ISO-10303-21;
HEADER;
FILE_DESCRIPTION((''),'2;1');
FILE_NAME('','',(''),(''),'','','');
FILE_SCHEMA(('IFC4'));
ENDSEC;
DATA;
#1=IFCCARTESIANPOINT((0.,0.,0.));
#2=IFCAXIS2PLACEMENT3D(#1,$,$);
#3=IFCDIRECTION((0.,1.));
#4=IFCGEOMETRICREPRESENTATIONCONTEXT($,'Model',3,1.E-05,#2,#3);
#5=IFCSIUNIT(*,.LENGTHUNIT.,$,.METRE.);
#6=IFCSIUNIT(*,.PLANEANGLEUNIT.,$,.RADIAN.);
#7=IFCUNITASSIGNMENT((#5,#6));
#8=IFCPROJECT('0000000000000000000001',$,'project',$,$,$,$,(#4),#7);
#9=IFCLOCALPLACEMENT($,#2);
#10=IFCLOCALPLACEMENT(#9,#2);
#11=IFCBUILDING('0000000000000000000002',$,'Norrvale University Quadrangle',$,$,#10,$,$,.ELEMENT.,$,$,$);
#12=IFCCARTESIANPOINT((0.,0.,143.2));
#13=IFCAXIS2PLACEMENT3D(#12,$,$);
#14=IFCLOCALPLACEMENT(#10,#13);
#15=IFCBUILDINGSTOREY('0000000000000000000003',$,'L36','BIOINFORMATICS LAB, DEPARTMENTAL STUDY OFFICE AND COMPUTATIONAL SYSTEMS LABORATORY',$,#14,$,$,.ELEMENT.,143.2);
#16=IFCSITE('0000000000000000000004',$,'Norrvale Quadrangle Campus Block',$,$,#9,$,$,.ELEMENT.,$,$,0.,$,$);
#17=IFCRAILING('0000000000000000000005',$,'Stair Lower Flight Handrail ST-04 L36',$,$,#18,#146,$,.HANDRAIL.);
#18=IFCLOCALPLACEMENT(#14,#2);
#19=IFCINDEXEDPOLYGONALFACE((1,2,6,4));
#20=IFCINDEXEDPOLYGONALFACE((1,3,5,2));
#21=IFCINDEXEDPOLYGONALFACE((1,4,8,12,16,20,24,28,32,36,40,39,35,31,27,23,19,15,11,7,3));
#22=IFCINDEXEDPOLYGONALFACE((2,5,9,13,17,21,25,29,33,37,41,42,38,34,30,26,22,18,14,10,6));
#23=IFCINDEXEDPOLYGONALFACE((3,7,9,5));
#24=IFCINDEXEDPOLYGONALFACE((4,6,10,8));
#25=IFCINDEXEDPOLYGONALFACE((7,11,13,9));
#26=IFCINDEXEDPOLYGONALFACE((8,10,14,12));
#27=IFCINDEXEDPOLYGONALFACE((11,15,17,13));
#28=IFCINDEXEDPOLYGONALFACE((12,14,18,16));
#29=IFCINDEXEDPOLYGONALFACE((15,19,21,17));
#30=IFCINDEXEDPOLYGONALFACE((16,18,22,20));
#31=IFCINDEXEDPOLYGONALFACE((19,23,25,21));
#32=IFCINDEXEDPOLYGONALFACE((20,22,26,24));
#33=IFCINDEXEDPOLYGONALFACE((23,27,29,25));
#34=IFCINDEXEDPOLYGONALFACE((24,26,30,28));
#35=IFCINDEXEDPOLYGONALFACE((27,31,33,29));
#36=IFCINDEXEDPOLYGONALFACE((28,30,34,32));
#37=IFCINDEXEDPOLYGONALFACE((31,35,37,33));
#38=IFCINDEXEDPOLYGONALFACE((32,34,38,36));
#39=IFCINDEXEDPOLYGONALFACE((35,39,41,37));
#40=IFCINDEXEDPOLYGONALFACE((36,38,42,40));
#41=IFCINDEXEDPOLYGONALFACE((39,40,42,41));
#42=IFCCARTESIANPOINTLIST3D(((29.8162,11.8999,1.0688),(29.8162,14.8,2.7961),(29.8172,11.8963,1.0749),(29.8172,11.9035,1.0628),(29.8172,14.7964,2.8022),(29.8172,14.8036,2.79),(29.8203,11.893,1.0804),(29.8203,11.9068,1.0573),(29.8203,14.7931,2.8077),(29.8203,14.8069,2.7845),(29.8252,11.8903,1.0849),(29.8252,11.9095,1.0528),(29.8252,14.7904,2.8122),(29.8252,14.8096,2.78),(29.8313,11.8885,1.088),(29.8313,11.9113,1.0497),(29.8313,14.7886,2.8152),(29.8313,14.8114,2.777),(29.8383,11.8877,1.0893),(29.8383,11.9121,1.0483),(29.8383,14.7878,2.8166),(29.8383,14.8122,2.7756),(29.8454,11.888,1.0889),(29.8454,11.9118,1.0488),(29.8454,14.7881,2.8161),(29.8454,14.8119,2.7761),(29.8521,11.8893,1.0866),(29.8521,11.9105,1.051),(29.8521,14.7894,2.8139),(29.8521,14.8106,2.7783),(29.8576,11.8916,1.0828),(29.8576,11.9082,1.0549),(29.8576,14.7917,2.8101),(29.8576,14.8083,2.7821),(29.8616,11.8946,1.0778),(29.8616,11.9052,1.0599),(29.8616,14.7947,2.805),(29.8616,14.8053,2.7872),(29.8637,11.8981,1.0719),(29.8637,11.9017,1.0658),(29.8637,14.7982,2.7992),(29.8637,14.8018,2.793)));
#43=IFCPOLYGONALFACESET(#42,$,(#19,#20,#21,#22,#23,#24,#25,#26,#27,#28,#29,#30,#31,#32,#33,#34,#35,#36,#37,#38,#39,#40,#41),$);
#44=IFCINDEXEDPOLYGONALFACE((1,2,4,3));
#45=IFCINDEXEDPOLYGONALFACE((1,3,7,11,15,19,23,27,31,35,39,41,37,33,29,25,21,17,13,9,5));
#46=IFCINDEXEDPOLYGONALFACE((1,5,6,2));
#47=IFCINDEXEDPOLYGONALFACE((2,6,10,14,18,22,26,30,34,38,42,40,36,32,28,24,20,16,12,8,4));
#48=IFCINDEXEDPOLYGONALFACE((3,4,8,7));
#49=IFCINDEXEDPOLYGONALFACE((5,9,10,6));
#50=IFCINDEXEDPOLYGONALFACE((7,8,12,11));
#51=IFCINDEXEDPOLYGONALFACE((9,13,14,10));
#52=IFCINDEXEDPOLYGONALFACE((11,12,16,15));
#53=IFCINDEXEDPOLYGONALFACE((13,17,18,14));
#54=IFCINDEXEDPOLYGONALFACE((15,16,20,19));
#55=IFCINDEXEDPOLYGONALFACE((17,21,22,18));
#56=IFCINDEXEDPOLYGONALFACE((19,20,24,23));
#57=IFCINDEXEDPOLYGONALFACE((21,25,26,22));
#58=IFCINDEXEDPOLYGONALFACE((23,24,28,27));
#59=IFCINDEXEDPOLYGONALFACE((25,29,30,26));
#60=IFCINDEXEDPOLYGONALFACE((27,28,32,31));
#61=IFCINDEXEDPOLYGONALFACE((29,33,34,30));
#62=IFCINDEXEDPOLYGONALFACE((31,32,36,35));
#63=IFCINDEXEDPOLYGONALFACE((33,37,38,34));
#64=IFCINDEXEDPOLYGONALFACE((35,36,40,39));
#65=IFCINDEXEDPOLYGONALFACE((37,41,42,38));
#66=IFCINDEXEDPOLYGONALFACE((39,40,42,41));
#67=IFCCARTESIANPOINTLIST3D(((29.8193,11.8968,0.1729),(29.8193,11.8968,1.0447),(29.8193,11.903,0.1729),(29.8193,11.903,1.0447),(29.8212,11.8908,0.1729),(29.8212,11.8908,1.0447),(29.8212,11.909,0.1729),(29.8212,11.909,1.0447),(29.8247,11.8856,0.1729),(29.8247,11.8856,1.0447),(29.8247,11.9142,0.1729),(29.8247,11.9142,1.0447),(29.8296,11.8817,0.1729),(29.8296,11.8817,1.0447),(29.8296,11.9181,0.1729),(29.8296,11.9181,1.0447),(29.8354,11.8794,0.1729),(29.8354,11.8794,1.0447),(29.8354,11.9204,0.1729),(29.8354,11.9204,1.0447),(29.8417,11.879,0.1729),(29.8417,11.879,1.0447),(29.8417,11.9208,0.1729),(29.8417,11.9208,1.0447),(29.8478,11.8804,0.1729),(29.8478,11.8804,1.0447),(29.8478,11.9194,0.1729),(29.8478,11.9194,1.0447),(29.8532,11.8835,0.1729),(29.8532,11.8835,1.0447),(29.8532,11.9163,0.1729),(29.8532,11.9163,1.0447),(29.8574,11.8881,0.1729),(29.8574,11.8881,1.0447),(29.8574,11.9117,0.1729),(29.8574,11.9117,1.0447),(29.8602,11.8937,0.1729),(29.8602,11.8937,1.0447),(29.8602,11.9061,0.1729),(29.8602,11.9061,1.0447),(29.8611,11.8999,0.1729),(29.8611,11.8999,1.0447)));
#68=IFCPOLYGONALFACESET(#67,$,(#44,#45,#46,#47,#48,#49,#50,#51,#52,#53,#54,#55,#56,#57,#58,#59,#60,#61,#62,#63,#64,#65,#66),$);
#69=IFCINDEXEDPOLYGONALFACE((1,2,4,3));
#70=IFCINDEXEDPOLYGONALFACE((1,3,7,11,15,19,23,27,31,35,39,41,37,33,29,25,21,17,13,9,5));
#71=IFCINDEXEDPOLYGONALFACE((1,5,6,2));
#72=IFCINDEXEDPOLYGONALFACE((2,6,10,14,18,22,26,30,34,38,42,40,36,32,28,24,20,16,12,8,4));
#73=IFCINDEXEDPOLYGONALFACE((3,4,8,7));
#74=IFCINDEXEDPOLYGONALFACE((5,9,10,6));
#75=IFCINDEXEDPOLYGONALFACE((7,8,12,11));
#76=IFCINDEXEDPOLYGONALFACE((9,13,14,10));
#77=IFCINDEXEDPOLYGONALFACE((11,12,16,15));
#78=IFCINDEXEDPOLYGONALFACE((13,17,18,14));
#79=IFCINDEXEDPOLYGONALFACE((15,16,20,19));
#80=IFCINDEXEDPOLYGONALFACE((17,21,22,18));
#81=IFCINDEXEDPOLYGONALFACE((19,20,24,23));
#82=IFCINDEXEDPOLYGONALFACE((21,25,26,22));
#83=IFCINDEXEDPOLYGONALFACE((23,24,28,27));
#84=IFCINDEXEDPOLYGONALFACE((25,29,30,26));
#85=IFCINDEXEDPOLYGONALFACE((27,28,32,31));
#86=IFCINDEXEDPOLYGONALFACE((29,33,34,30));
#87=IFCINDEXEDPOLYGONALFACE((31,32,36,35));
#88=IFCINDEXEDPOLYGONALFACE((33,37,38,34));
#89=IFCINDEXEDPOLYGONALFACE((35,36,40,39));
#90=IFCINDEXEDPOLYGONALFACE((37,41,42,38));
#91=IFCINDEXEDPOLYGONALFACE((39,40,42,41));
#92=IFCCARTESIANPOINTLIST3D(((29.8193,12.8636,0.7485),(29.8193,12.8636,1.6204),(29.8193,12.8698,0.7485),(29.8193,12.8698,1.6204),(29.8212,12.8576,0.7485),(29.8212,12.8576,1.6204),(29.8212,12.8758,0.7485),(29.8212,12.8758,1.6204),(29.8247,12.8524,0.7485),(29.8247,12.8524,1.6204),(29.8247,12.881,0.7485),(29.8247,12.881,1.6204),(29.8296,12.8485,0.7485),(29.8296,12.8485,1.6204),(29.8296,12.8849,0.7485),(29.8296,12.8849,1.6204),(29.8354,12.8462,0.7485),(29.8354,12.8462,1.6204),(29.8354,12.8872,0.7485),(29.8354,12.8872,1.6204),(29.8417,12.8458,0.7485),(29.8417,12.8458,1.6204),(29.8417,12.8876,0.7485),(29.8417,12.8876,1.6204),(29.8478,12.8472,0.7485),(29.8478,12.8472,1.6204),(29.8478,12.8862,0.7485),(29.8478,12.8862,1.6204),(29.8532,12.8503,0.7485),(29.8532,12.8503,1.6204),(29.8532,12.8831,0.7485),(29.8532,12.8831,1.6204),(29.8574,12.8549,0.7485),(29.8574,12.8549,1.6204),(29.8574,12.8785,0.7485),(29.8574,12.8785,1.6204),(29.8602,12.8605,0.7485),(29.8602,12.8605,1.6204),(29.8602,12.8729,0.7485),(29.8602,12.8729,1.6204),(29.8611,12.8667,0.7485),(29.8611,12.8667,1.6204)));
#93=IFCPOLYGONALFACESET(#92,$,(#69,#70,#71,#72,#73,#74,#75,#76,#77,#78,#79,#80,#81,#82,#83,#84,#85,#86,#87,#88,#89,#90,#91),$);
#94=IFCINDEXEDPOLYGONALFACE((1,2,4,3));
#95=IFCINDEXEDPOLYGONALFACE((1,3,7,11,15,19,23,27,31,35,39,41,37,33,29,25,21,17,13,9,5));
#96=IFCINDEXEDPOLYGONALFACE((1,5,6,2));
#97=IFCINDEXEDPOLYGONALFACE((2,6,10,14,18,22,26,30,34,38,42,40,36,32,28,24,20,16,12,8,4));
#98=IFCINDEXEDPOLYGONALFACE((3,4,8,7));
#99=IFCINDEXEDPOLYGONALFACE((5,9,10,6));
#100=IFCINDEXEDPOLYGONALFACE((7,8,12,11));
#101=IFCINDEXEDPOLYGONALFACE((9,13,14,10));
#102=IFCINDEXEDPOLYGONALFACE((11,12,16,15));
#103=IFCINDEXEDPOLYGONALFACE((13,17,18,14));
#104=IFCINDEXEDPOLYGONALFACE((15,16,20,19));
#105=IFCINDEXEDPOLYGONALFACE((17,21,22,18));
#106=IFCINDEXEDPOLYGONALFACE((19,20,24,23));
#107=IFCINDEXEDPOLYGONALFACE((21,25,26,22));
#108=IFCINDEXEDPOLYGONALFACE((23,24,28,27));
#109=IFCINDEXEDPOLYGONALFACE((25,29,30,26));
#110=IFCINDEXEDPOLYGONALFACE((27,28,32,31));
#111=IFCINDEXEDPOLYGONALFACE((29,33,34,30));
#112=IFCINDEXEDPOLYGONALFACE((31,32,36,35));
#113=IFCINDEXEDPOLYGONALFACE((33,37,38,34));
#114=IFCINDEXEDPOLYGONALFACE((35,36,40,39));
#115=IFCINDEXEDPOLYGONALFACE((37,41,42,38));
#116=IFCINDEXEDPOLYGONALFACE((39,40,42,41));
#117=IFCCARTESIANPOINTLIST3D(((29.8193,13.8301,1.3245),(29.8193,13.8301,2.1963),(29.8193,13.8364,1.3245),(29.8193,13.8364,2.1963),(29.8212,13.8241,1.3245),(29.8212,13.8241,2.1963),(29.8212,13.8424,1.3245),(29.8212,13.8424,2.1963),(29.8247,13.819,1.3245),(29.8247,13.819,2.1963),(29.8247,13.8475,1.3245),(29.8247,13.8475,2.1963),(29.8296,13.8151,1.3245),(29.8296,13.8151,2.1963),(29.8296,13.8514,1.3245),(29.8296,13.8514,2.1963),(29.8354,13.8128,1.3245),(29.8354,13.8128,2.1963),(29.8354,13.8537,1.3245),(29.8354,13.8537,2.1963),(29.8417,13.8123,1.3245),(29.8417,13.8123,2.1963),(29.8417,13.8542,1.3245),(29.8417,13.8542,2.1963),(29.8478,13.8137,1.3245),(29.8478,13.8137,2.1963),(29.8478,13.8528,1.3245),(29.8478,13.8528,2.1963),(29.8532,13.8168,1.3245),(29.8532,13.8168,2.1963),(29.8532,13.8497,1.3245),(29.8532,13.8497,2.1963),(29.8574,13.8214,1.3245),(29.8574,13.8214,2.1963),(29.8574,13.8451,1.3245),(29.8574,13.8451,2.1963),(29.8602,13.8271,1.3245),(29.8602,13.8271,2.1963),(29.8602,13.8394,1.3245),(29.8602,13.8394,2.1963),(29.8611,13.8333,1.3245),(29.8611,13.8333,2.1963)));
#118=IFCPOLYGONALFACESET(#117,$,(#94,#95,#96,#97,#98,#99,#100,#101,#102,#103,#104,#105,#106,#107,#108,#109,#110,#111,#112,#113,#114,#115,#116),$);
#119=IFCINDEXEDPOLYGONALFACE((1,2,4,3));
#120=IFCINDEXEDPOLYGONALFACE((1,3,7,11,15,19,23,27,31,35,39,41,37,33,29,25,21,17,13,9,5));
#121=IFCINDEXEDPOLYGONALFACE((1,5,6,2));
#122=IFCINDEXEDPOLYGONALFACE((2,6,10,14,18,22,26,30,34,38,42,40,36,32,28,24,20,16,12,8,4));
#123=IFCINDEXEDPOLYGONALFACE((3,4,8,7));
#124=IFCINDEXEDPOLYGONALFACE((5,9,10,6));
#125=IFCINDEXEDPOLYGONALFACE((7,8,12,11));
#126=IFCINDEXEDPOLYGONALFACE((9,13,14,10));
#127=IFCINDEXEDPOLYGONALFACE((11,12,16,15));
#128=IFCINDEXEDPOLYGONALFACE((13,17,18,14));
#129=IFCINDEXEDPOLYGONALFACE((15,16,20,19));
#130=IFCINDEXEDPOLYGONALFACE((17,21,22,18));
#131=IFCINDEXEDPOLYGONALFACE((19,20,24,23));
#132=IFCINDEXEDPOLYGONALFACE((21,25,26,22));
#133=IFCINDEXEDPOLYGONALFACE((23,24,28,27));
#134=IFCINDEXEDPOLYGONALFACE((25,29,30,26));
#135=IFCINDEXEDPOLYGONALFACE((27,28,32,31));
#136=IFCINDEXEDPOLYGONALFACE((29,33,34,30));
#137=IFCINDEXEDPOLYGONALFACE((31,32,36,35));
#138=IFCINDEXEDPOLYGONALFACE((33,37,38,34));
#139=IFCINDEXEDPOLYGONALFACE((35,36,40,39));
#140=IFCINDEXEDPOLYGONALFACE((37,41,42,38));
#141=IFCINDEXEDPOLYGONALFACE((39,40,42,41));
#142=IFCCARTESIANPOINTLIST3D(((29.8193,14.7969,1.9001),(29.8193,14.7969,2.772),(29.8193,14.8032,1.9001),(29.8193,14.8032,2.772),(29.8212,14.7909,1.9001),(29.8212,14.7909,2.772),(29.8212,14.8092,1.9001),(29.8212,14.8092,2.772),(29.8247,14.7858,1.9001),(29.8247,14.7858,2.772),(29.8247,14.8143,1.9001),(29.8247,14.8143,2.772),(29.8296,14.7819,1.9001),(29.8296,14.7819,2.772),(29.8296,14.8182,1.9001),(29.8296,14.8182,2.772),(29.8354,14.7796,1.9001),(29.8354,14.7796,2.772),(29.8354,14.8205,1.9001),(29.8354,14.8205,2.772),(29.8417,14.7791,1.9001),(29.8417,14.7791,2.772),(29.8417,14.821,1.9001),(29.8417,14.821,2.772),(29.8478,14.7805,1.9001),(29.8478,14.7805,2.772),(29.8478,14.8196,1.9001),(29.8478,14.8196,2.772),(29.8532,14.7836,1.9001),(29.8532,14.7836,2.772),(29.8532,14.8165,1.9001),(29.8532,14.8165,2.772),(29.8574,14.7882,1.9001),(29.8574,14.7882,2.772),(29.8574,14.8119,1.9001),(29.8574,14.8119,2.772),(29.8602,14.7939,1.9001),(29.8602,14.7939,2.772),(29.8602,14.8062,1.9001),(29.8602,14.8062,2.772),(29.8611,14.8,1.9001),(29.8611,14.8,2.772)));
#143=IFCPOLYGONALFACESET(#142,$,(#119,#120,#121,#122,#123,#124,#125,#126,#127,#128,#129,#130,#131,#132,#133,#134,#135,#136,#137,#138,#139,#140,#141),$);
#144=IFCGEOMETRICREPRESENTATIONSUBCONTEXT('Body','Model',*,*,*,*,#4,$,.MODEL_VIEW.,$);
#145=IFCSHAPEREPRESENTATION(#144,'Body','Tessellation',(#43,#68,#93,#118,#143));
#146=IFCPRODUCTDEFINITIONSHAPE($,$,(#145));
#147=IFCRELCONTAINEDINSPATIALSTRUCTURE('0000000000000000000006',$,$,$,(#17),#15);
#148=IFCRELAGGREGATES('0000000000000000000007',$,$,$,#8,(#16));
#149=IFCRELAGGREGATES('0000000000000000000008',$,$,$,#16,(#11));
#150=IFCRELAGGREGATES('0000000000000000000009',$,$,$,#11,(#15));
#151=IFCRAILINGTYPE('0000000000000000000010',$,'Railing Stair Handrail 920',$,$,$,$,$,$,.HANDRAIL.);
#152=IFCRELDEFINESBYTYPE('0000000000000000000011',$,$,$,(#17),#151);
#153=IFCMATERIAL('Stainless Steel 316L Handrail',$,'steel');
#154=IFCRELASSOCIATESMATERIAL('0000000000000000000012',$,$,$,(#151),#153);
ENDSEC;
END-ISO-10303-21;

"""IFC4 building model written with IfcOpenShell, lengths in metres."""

from ifc_helpers import new_model, si_unit, direction, frame, origin, origin_2d, place, context, subcontext, project, spatial, circle, extrude, material, type_object, element, save


model = new_model("IFC4")

# Units and contexts
model_context = context("Model", 3, precision=1e-05, world=origin(), true_north=direction((0.0, 1.0)))
body_context = subcontext(model_context, "Body", "Model", "MODEL_VIEW")
ifc_project = project(units=[si_unit("LENGTHUNIT", "METRE"), si_unit("PLANEANGLEUNIT", "RADIAN")], contexts=[model_context])

# Site, building, storey
site_placement = place(None, origin())
site = spatial("IfcSite", under=ifc_project, at=site_placement, Name="Norrvale Quadrangle Campus Block", CompositionType="ELEMENT", RefElevation=0.0)
building_placement = place(site_placement, origin())
building = spatial("IfcBuilding", under=site, at=building_placement, Name="Norrvale University Quadrangle", CompositionType="ELEMENT")
storey_placement = place(building_placement, frame((0.0, 0.0, 143.2)))
storey = spatial("IfcBuildingStorey", under=building, at=storey_placement, Name="L36", Description="BIOINFORMATICS LAB, DEPARTMENTAL STUDY OFFICE AND COMPUTATIONAL SYSTEMS LABORATORY", CompositionType="ELEMENT", Elevation=143.2)

# Railing
ifc_material_1 = material(Name="Stainless Steel 316L Handrail", Category="steel")
railing_type_1 = type_object("IfcRailingType", Name="Railing Stair Handrail 920", PredefinedType="HANDRAIL", material=ifc_material_1)
railing_1_placement = place(storey_placement, frame((29.8401, 11.8999, 0.1729)))
element("IfcRailing", 1, at=railing_1_placement, inside=storey, type_object=railing_type_1, Name="Stair Lower Flight Handrail ST-04 L36", PredefinedType="HANDRAIL", context=body_context, shape_type="SweptSolid", body=[
    extrude(circle(Radius=0.0239, at=origin_2d()), frame((0.0, 0.0, 0.896), z_axis=(0.0, 0.85916, 0.511706), x_axis=(-1.0, 0.0, 0.0)), (0.0, 0.0, 1.0), 3.3755),
    extrude(circle(Radius=0.021, at=origin_2d()), origin(), (0.0, 0.0, 1.0), 0.8718),
    extrude(circle(Radius=0.021, at=origin_2d()), frame((0.0, 0.9668, 0.5757)), (0.0, 0.0, 1.0), 0.8718),
    extrude(circle(Radius=0.021, at=origin_2d()), frame((0.0, 1.9333, 1.1516)), (0.0, 0.0, 1.0), 0.8718),
    extrude(circle(Radius=0.021, at=origin_2d()), frame((0.0, 2.9001, 1.7273)), (0.0, 0.0, 1.0), 0.8718),
])

save(model, "model.ifc")
